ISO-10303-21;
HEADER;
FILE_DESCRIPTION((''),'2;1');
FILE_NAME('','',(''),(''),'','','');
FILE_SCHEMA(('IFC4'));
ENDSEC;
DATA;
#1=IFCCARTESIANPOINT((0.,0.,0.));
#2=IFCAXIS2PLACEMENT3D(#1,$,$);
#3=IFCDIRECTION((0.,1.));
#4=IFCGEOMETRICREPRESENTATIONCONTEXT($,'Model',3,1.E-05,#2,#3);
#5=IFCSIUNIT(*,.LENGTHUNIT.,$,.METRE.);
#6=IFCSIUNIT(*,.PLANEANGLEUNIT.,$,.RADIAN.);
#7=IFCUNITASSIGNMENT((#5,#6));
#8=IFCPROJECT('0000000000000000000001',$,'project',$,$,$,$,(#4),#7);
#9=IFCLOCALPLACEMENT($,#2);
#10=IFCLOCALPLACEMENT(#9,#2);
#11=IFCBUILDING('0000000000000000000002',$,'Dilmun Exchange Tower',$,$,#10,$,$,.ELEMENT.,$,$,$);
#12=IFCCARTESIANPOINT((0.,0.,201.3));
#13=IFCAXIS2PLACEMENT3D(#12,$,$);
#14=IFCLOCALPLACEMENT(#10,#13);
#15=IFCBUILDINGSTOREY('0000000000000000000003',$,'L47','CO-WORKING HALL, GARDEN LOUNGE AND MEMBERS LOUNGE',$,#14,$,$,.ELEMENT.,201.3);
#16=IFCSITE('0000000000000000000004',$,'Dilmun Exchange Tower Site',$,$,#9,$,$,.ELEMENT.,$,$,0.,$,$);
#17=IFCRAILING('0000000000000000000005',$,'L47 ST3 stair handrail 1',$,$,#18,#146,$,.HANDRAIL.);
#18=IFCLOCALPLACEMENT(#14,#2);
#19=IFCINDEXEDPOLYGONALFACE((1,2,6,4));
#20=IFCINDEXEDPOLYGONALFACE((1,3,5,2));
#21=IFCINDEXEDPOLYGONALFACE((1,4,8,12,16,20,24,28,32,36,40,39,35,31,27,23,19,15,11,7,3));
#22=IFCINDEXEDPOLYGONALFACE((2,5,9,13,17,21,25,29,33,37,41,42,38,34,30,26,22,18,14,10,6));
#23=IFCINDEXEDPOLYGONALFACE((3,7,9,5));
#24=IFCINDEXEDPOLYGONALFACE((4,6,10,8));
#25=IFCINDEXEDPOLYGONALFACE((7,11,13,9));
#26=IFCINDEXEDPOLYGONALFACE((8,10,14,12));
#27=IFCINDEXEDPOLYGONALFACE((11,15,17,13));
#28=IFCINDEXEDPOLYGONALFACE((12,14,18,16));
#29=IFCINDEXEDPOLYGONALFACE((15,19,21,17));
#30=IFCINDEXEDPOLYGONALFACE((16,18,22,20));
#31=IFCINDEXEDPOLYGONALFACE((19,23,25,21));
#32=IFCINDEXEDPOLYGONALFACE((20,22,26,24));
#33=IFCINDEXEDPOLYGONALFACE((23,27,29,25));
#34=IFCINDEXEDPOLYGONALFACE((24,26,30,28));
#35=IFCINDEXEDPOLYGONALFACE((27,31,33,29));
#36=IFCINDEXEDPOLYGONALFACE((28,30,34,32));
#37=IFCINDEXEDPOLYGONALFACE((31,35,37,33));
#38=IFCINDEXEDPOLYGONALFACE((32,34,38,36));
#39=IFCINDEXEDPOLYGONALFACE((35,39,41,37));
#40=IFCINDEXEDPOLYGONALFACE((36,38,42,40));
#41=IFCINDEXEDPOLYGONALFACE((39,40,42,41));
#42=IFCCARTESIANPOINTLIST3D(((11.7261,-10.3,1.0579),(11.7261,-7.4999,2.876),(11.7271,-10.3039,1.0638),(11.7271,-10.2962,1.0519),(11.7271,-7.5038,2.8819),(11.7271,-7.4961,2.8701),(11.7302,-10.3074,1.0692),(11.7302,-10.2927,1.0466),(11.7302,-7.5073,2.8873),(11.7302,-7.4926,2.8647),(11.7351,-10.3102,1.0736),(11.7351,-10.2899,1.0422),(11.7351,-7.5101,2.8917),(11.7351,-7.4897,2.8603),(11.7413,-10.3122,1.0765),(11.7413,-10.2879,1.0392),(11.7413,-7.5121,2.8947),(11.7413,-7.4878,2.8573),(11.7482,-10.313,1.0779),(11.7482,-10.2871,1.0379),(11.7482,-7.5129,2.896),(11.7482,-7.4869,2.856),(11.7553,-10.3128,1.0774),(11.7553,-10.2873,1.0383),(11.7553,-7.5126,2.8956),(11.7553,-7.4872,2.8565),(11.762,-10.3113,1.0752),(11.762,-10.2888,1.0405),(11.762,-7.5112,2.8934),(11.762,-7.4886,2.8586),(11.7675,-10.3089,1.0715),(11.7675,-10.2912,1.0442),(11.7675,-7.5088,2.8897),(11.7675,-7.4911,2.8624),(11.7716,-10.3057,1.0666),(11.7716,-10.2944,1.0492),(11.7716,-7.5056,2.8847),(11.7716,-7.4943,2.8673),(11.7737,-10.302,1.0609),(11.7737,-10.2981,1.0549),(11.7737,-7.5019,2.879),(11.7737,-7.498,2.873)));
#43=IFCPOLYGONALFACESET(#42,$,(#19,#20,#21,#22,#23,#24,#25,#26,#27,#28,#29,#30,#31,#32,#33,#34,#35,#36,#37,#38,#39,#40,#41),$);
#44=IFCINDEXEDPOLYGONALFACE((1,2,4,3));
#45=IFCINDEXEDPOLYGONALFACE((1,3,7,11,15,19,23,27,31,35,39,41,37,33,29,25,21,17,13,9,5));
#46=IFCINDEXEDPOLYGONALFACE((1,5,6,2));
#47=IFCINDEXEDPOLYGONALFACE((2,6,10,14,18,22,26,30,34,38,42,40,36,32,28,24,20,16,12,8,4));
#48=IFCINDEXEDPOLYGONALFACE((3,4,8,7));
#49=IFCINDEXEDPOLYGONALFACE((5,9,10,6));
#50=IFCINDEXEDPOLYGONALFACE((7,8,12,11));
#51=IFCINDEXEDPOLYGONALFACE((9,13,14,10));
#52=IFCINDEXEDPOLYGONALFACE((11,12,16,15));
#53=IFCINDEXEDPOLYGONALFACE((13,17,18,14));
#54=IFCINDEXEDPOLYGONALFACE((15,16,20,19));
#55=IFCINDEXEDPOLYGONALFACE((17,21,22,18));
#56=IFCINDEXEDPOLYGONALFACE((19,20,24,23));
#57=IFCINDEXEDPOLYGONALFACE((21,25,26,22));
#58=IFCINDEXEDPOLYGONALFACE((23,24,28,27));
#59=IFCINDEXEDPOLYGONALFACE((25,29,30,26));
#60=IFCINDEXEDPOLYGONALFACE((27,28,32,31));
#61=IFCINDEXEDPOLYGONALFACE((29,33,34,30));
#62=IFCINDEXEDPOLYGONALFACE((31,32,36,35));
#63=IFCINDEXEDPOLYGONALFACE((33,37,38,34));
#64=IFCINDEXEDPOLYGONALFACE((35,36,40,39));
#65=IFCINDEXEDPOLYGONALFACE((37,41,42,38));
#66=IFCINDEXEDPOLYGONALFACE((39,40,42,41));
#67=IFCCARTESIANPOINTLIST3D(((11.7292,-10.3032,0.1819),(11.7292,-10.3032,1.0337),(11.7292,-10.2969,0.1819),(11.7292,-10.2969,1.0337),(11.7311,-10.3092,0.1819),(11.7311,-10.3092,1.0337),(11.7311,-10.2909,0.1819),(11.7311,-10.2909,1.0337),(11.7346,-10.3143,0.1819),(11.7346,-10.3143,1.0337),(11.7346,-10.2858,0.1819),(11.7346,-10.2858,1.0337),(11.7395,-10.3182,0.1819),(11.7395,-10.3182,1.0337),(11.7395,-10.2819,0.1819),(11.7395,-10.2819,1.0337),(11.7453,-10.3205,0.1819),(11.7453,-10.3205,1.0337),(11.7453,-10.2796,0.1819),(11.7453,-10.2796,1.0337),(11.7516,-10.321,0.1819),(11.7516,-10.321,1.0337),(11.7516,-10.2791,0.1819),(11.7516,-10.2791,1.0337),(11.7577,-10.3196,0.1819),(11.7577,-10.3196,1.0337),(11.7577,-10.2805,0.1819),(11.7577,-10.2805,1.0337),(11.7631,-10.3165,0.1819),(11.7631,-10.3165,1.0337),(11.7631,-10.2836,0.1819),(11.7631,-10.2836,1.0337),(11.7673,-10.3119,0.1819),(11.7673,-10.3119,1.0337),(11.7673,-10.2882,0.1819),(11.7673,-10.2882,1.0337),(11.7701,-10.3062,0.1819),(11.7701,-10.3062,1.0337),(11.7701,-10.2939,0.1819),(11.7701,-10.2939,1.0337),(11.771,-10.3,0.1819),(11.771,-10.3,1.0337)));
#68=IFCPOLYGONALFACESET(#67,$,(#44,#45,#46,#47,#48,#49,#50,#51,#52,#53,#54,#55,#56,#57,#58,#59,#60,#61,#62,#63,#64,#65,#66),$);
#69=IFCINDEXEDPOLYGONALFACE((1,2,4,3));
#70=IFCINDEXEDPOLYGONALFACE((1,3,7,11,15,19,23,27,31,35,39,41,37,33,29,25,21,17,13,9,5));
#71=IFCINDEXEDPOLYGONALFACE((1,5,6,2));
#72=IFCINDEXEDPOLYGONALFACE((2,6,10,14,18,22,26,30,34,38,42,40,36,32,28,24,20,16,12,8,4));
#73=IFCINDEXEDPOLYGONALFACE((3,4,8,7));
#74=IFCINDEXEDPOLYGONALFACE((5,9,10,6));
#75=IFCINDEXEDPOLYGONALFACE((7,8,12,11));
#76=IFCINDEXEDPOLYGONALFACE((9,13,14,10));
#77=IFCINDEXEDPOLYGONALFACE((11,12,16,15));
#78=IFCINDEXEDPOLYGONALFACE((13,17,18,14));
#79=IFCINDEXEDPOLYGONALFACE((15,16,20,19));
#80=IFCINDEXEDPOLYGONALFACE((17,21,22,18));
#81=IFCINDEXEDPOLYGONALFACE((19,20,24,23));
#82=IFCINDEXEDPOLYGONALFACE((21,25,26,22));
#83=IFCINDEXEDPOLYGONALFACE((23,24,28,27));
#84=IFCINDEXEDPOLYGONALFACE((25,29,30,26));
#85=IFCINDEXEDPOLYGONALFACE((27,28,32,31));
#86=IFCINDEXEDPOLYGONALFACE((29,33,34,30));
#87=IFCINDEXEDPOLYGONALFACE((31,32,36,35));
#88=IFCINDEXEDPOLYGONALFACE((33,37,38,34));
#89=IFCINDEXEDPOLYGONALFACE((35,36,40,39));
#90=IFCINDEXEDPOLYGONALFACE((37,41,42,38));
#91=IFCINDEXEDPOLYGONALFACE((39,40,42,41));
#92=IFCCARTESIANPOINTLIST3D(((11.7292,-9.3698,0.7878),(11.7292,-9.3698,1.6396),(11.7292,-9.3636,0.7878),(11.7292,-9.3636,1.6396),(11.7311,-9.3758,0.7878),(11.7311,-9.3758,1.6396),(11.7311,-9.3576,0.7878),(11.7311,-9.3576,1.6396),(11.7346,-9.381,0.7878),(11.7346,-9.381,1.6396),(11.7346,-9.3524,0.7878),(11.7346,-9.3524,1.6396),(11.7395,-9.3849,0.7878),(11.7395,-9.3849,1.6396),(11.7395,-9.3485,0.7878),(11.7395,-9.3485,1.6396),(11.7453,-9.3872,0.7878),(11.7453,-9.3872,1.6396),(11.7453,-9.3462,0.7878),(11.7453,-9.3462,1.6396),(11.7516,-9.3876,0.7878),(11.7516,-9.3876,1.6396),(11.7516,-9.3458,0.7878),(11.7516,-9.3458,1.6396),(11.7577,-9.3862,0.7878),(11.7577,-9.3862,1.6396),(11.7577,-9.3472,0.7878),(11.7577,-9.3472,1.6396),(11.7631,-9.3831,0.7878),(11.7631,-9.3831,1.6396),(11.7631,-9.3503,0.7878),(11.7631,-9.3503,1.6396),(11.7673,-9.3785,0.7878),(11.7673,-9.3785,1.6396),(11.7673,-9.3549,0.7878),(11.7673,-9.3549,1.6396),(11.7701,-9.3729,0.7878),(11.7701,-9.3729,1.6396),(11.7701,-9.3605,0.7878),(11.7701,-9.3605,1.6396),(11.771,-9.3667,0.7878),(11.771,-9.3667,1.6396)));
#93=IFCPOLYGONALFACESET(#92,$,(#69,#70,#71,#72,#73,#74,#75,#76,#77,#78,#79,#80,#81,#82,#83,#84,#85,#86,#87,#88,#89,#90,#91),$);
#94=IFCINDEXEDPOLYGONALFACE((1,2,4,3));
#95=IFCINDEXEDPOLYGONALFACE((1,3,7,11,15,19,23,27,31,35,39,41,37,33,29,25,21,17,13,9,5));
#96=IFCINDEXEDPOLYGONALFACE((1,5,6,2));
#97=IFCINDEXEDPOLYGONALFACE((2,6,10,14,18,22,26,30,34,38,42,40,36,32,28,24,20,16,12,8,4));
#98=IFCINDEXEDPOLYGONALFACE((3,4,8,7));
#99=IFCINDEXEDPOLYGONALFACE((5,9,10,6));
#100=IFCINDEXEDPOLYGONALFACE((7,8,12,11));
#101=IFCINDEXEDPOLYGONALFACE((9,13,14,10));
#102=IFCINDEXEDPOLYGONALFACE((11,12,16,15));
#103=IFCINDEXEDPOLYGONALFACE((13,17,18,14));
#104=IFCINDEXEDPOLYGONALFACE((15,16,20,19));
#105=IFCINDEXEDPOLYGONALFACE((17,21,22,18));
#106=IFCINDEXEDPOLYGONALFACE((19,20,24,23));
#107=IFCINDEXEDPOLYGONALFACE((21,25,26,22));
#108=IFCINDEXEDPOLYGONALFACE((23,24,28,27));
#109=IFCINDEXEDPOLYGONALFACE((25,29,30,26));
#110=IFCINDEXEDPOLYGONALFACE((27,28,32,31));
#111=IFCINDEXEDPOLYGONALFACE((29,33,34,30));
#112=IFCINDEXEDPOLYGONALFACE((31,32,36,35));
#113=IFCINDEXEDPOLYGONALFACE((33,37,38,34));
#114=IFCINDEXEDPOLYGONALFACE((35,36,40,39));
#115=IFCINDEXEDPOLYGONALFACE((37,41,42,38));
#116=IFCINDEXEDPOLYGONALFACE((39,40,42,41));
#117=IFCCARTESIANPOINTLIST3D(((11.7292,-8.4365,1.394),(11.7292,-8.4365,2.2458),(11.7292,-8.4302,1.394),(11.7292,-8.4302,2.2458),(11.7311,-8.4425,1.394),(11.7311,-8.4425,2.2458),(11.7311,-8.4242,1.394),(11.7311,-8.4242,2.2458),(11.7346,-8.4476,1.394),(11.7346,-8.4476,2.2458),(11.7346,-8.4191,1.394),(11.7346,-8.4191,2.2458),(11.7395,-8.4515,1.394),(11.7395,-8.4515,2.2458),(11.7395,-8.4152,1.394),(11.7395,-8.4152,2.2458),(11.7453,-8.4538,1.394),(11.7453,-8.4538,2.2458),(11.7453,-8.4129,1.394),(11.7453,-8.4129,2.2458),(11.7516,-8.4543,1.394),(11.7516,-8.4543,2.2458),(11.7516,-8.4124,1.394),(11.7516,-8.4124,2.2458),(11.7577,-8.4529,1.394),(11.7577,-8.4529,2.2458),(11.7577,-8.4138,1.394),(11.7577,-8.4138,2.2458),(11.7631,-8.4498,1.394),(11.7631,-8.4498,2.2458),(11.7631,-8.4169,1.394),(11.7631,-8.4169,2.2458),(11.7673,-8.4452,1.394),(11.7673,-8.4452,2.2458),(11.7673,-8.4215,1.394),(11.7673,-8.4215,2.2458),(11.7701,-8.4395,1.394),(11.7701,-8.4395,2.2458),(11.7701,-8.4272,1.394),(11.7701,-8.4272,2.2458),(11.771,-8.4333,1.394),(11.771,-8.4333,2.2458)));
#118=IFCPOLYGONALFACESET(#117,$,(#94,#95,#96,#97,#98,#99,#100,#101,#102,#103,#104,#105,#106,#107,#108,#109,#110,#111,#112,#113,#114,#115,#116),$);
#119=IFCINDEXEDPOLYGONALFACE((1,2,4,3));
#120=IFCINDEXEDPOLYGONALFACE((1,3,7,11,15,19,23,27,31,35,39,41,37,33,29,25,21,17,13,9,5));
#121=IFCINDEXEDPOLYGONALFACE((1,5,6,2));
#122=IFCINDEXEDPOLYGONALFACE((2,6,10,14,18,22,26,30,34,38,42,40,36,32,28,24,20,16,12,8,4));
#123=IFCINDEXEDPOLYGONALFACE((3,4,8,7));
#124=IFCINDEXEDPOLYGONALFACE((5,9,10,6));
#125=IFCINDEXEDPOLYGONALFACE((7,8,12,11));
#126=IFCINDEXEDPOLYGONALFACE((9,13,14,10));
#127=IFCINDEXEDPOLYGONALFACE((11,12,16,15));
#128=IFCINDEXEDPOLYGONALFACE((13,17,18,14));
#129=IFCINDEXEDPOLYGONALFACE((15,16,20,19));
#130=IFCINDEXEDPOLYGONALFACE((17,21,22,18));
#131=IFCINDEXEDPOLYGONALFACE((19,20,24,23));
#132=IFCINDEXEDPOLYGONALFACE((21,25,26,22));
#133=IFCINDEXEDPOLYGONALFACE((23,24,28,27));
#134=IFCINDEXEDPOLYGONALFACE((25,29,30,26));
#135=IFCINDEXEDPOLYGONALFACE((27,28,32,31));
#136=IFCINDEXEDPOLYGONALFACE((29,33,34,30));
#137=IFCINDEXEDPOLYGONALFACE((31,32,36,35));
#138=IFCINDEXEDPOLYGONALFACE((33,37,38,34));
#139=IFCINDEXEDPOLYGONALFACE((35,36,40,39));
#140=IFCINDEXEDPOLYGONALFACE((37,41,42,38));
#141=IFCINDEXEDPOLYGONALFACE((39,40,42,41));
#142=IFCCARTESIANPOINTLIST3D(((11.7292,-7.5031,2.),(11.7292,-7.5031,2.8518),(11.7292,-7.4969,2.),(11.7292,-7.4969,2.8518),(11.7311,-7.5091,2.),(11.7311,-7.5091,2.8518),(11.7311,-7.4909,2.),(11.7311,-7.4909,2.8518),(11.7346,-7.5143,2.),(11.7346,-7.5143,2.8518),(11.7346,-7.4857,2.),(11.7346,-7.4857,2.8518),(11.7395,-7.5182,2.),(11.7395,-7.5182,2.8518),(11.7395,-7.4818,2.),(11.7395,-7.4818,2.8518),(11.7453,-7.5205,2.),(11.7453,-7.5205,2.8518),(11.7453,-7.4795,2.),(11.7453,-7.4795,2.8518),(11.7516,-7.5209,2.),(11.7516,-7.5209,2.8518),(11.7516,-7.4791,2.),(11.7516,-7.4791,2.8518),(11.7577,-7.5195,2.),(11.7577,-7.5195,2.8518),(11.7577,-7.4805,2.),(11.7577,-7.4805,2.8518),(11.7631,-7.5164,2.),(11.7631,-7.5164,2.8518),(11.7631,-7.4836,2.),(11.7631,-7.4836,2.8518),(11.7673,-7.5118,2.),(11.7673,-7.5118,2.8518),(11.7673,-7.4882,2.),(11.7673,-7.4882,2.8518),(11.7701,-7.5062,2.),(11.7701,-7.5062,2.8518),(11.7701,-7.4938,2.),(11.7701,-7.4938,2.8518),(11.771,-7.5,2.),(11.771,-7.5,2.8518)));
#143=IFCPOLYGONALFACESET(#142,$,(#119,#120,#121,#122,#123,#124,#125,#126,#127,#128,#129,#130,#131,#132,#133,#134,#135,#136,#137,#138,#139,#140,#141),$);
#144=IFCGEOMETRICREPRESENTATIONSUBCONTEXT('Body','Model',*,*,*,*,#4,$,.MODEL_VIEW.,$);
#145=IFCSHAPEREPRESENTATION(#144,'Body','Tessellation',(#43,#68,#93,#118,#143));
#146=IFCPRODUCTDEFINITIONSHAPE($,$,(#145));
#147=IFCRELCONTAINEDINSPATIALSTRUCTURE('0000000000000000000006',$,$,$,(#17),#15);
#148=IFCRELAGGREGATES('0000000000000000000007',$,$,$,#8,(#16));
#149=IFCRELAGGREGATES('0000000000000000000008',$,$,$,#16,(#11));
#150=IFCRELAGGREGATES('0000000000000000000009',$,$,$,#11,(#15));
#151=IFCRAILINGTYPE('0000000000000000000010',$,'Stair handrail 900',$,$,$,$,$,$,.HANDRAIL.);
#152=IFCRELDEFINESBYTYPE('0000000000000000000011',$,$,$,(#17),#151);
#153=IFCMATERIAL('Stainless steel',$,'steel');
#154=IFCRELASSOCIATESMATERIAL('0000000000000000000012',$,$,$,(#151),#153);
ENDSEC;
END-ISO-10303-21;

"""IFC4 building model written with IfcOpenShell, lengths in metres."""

from ifc_helpers import new_model, si_unit, direction, frame, origin, origin_2d, place, context, subcontext, project, spatial, circle, extrude, material, type_object, element, save


model = new_model("IFC4")

# Units and contexts
model_context = context("Model", 3, precision=1e-05, world=origin(), true_north=direction((0.0, 1.0)))
body_context = subcontext(model_context, "Body", "Model", "MODEL_VIEW")
ifc_project = project(units=[si_unit("LENGTHUNIT", "METRE"), si_unit("PLANEANGLEUNIT", "RADIAN")], contexts=[model_context])

# Site, building, storey
site_placement = place(None, origin())
site = spatial("IfcSite", under=ifc_project, at=site_placement, Name="Dilmun Exchange Tower Site", CompositionType="ELEMENT", RefElevation=0.0)
building_placement = place(site_placement, origin())
building = spatial("IfcBuilding", under=site, at=building_placement, Name="Dilmun Exchange Tower", CompositionType="ELEMENT")
storey_placement = place(building_placement, frame((0.0, 0.0, 201.3)))
storey = spatial("IfcBuildingStorey", under=building, at=storey_placement, Name="L47", Description="CO-WORKING HALL, GARDEN LOUNGE AND MEMBERS LOUNGE", CompositionType="ELEMENT", Elevation=201.3)

# Railing
ifc_material_1 = material(Name="Stainless steel", Category="steel")
railing_type = type_object("IfcRailingType", Name="Stair handrail 900", PredefinedType="HANDRAIL", material=ifc_material_1)
railing_placement = place(storey_placement, frame((11.75, -10.3, 0.1819)))
element("IfcRailing", 1, at=railing_placement, inside=storey, type_object=railing_type, Name="L47 ST3 stair handrail 1", PredefinedType="HANDRAIL", context=body_context, shape_type="SweptSolid", body=[
    extrude(circle(Radius=0.0239, at=origin_2d()), frame((0.0, 0.0, 0.876), z_axis=(0.0, 0.838706, 0.544585), x_axis=(-1.0, 0.0, 0.0)), (0.0, 0.0, 1.0), 3.3386),
    extrude(circle(Radius=0.021, at=origin_2d()), origin(), (0.0, 0.0, 1.0), 0.8518),
    extrude(circle(Radius=0.021, at=origin_2d()), frame((0.0, 0.9333, 0.606)), (0.0, 0.0, 1.0), 0.8518),
    extrude(circle(Radius=0.021, at=origin_2d()), frame((0.0, 1.8667, 1.2122)), (0.0, 0.0, 1.0), 0.8518),
    extrude(circle(Radius=0.021, at=origin_2d()), frame((0.0, 2.8, 1.8181)), (0.0, 0.0, 1.0), 0.8518),
])

save(model, "model.ifc")
